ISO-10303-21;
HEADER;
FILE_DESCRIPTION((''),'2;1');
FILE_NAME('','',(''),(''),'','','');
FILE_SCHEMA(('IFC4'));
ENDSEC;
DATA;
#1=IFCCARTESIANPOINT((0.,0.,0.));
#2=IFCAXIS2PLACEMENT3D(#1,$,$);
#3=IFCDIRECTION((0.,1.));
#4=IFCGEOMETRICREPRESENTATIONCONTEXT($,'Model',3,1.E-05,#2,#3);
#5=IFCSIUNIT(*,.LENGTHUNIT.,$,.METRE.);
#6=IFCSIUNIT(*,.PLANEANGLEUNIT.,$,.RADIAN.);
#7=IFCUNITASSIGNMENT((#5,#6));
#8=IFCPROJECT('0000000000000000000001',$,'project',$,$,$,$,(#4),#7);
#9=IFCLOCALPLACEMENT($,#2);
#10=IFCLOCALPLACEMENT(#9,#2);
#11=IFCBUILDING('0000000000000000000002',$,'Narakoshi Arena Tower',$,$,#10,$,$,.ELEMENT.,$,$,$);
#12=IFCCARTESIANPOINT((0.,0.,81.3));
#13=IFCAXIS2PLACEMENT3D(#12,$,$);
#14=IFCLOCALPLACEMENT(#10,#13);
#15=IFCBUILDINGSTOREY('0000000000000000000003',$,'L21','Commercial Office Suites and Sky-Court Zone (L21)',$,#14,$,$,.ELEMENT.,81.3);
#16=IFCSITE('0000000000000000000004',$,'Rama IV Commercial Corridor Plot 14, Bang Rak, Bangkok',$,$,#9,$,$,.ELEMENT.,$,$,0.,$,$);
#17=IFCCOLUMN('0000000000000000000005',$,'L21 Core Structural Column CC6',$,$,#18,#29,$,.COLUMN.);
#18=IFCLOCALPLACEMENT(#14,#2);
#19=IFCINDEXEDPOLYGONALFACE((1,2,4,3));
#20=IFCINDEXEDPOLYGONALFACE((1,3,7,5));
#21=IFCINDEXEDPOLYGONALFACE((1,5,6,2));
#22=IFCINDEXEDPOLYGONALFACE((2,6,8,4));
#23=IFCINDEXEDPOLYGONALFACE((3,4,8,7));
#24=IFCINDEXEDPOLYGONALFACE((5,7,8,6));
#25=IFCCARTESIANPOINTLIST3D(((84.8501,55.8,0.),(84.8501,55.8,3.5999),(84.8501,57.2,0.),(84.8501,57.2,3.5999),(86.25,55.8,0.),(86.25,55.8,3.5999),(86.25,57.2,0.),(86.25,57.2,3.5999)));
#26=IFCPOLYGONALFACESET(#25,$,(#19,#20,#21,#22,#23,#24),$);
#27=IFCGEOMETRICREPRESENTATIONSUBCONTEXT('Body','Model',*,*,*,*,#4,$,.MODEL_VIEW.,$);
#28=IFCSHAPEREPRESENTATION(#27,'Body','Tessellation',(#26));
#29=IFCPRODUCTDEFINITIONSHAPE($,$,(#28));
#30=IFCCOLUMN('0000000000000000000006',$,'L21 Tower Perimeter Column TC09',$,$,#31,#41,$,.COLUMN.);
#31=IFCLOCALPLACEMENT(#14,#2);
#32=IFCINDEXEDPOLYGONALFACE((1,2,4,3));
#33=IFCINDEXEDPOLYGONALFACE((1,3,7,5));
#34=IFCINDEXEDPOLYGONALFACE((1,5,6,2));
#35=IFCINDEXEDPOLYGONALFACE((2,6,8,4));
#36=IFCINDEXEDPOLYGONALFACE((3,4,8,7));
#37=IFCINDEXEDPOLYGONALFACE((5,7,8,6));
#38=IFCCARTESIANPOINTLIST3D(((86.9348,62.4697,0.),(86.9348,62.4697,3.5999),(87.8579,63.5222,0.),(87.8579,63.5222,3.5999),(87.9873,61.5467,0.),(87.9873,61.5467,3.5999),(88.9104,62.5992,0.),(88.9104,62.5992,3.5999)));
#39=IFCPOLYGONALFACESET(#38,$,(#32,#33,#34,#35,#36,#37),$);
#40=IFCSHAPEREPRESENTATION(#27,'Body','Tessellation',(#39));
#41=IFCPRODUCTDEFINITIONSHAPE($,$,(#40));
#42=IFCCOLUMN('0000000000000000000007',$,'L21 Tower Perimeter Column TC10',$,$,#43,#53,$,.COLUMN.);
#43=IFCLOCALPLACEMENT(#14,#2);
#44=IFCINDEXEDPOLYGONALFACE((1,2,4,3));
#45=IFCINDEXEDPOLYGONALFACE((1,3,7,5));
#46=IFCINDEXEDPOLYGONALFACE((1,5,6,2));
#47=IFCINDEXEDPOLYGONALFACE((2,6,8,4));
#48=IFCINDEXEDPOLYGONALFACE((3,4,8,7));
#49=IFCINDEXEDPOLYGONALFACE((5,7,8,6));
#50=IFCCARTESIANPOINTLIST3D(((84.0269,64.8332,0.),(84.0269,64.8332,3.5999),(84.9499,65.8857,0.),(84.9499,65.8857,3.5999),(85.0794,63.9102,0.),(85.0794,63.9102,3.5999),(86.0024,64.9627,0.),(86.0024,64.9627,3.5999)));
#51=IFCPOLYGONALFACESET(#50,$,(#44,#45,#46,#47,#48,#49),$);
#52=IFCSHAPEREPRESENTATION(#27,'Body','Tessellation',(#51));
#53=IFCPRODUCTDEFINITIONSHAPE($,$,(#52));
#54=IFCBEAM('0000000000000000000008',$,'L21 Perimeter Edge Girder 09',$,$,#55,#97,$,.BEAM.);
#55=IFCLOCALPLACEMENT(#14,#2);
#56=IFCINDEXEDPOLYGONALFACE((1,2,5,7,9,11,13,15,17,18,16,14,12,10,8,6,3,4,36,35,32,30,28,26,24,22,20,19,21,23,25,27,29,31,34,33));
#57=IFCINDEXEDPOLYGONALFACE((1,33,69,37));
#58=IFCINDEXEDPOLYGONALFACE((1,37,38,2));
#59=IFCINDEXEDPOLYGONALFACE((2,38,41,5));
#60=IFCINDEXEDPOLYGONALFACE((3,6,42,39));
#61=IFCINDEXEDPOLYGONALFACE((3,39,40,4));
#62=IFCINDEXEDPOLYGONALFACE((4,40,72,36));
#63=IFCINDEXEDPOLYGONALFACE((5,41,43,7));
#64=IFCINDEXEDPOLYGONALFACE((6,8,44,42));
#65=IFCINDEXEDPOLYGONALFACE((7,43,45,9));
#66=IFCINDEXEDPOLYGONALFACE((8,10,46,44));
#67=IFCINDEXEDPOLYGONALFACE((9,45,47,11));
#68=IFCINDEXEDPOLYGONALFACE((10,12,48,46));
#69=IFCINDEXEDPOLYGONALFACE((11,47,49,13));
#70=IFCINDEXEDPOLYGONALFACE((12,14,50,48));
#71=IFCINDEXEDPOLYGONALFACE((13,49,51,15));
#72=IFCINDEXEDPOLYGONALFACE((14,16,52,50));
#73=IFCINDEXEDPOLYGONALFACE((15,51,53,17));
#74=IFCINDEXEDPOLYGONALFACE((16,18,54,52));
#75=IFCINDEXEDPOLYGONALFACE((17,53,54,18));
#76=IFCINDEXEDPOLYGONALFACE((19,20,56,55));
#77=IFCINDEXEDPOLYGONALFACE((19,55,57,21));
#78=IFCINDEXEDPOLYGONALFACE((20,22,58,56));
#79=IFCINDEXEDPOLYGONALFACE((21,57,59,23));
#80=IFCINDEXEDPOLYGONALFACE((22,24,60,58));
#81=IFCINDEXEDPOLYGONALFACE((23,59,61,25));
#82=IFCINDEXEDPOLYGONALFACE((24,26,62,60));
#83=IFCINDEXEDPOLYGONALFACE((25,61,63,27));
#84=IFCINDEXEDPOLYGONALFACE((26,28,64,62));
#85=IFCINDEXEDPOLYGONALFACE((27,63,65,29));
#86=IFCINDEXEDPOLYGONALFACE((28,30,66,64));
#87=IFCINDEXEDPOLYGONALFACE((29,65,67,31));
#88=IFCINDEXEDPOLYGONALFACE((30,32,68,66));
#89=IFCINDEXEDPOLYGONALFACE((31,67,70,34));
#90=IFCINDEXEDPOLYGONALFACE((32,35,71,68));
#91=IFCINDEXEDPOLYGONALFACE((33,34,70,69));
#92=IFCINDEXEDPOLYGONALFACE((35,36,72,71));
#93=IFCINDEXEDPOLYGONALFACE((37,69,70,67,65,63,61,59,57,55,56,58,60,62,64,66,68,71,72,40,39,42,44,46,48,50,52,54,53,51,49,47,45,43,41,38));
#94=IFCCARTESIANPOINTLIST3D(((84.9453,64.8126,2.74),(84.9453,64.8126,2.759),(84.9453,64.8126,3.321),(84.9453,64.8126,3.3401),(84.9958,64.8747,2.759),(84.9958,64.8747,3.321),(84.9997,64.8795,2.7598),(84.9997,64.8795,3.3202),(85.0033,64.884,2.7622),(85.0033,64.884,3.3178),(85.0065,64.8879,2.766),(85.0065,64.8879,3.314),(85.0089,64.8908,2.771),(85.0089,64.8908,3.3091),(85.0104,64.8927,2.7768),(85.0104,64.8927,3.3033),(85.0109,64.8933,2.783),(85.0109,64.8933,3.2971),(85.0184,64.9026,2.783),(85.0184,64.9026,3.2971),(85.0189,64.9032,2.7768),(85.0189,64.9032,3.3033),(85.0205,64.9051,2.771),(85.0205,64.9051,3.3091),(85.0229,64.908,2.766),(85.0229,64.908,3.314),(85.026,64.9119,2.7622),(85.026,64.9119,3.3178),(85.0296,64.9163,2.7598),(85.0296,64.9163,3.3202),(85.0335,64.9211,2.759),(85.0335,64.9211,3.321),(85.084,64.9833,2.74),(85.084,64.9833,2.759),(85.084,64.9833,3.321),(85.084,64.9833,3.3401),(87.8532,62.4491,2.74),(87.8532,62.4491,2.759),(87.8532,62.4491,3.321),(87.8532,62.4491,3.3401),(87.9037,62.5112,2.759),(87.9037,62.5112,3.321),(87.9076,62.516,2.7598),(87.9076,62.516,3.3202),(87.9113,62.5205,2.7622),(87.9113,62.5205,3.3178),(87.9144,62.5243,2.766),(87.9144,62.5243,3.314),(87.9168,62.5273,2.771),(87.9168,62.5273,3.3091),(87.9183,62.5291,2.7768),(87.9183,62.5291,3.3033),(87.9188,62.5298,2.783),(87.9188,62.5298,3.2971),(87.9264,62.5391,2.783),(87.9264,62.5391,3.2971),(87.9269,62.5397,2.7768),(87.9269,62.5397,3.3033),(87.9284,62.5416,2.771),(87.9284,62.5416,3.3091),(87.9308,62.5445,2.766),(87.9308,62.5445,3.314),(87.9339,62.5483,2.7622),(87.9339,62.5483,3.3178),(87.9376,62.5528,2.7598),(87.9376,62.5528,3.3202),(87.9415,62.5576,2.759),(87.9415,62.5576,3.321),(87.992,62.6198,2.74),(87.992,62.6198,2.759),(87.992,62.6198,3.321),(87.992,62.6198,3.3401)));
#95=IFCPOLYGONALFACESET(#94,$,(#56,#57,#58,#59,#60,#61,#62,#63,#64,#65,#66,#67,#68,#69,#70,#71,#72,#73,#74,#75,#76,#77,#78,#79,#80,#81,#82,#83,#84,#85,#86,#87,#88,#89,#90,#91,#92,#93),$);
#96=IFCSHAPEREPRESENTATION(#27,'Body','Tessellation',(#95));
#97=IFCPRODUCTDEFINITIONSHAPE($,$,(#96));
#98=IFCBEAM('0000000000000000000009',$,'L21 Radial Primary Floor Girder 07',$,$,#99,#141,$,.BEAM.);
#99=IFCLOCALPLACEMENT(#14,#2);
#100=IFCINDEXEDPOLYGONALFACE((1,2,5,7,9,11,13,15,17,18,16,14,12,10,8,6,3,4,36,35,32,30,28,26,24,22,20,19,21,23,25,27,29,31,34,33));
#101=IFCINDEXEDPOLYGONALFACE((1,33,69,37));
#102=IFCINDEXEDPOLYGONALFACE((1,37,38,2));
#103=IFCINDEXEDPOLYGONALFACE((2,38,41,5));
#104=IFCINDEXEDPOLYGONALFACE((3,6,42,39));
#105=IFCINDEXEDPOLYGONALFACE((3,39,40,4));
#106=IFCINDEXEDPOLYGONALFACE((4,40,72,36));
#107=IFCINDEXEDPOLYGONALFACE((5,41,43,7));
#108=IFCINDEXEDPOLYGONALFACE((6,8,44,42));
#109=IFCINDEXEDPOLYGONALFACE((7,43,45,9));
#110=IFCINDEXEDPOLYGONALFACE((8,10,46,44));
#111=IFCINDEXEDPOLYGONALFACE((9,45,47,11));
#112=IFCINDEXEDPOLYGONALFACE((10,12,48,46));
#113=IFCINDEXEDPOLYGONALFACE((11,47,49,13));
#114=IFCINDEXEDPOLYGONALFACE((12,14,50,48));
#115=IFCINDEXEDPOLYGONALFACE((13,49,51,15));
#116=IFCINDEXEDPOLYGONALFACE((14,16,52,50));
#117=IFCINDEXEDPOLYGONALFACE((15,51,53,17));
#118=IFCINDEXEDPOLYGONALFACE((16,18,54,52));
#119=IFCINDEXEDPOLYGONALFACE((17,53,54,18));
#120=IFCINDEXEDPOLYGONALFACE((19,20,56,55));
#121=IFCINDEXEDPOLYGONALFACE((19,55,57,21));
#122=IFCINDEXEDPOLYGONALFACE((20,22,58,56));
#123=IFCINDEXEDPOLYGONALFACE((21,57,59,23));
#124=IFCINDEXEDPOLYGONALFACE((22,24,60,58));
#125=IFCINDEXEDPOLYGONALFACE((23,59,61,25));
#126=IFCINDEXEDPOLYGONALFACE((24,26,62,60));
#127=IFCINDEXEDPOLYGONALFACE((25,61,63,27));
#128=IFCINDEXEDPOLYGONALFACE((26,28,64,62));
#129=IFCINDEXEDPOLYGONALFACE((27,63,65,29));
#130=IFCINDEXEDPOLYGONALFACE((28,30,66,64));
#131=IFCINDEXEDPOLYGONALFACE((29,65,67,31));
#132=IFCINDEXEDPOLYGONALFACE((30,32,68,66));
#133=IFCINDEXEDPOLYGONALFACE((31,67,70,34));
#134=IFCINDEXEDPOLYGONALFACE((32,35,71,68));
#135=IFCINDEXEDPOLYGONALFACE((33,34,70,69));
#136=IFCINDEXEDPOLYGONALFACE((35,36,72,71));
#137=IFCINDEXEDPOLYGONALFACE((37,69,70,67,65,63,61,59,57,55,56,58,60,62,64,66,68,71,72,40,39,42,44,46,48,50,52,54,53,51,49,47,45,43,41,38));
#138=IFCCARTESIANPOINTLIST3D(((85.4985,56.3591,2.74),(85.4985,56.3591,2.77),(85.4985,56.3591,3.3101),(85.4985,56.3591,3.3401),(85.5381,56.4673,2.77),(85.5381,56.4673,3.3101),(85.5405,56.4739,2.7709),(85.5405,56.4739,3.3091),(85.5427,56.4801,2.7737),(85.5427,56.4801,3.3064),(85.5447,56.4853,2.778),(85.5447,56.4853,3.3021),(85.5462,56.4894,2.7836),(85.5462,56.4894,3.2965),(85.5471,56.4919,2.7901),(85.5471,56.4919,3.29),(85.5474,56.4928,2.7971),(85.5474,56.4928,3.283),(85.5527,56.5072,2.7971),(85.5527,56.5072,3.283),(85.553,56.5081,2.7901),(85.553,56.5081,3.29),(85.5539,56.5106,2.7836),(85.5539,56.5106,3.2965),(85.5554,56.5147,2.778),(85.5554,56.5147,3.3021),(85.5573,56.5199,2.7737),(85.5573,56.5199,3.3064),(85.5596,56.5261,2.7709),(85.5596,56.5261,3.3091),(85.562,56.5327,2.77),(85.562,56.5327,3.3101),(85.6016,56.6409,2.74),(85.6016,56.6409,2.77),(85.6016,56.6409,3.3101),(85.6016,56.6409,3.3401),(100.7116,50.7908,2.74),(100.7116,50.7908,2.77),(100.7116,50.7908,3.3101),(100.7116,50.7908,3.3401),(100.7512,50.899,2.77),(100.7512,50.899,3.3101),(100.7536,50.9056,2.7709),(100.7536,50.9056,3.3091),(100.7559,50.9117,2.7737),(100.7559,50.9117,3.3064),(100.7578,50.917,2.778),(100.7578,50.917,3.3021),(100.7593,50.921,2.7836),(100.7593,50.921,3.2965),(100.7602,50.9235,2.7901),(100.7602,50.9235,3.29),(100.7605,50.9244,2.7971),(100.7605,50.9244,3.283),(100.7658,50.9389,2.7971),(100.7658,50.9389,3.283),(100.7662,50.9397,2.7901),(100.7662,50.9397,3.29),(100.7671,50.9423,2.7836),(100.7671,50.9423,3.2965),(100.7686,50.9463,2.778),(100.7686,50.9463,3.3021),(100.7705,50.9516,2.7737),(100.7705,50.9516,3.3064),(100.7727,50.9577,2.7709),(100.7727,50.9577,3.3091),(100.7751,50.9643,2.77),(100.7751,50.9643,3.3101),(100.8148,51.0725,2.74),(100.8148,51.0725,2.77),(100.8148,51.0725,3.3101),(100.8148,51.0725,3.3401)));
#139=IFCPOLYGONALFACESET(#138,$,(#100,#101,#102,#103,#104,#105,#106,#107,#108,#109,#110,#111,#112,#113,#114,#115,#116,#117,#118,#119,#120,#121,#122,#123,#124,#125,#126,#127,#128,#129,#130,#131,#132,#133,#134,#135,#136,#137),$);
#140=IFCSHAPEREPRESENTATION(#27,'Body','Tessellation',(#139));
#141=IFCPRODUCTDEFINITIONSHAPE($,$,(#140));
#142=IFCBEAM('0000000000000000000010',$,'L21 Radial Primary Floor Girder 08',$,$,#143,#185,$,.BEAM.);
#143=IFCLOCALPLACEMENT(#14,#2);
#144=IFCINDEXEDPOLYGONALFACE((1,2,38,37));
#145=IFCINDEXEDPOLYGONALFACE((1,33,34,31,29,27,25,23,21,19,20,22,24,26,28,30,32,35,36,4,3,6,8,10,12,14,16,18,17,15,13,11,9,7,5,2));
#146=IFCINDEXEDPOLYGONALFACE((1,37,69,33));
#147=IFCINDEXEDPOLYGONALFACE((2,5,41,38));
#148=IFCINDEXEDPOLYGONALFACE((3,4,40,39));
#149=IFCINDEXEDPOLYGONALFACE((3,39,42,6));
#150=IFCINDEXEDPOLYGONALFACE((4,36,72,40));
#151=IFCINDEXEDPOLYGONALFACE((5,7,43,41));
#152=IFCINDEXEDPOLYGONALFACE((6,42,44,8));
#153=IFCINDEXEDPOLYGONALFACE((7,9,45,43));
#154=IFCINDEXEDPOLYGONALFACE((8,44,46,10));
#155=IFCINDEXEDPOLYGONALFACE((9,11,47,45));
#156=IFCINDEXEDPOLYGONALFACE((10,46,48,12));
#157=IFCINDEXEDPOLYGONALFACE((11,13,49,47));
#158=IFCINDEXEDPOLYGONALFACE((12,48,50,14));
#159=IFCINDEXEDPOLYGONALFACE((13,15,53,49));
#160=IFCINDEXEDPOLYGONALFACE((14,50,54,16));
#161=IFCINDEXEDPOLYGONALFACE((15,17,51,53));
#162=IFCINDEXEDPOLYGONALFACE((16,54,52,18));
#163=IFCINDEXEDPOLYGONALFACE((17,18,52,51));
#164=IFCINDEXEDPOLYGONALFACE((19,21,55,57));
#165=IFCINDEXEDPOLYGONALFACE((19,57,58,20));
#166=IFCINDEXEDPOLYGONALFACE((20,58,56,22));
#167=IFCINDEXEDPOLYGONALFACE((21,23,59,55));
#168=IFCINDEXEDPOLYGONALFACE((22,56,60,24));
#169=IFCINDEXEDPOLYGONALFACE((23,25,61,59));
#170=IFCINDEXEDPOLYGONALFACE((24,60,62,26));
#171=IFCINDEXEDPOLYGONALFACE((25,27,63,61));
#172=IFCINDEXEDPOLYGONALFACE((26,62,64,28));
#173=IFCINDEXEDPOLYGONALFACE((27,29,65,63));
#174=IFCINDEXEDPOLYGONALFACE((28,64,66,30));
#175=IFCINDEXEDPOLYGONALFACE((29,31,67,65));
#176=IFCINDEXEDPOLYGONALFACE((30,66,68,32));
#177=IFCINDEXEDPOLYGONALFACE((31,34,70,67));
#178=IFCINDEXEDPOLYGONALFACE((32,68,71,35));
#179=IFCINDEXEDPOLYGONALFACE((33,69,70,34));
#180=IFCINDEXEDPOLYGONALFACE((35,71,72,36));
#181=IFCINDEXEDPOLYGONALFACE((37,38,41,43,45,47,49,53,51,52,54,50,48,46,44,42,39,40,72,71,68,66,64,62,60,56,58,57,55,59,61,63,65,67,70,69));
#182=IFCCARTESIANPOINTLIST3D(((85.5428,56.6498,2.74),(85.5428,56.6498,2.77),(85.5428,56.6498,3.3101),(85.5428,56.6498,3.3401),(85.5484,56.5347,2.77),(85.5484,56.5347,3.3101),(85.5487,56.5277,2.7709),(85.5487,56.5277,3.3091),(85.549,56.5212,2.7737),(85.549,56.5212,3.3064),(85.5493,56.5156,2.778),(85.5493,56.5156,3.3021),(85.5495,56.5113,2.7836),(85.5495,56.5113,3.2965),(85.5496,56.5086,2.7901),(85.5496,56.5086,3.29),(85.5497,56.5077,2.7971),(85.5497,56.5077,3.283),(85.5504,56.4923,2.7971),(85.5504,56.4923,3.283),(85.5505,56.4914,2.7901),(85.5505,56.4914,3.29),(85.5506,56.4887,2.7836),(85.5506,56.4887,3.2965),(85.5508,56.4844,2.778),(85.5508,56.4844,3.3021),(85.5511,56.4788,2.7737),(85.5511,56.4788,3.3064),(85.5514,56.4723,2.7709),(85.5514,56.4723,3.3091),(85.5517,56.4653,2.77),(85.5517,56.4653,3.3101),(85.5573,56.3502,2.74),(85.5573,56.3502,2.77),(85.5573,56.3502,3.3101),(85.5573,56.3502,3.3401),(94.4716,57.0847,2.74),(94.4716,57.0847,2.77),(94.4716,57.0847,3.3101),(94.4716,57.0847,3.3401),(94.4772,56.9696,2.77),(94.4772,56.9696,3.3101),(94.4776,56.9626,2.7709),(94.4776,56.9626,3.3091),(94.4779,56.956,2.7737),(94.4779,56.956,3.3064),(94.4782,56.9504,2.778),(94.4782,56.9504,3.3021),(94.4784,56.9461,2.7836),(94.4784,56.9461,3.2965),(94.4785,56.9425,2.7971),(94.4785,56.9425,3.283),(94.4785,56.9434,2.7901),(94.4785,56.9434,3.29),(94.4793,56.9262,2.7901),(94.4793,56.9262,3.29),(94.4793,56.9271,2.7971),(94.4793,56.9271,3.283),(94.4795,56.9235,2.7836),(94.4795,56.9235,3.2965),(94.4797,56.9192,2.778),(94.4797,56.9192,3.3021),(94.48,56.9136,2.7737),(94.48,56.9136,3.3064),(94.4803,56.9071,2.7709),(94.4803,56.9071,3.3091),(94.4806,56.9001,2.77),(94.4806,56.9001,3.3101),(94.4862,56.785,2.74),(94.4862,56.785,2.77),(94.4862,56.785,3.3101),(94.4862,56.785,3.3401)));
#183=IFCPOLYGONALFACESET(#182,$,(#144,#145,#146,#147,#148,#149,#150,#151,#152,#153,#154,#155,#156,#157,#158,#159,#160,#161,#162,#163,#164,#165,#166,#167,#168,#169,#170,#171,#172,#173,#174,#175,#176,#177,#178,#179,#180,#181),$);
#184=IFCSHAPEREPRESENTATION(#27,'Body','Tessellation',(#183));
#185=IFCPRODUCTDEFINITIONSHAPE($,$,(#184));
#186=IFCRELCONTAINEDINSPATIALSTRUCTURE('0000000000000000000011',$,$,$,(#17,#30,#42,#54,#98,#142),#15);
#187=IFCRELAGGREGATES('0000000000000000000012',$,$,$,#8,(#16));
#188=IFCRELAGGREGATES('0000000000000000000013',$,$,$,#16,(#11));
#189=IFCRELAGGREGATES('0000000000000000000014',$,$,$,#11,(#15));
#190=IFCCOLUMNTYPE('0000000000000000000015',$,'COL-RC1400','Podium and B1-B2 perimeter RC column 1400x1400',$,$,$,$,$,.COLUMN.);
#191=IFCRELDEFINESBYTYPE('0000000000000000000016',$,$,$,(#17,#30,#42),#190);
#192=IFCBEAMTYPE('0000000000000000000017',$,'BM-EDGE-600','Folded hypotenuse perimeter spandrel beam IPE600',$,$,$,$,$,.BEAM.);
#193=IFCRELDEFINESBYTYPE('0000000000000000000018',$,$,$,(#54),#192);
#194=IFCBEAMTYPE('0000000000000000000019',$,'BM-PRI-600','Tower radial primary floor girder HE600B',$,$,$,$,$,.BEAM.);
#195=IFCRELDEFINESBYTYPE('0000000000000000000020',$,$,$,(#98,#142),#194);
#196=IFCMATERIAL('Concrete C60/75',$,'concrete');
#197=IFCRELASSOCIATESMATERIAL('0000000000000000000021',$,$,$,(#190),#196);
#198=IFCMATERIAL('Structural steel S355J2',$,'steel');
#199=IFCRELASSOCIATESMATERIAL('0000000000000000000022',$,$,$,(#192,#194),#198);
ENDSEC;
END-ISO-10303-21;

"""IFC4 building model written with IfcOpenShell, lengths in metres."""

from ifc_helpers import new_model, si_unit, direction, frame, origin, origin_2d, place, context, subcontext, project, spatial, rectangle, i_section, extrude, material, material_profile, profile_set, type_object, element, save


model = new_model("IFC4")

# Units and contexts
model_context = context("Model", 3, precision=1e-05, world=origin(), true_north=direction((0.0, 1.0)))
body_context = subcontext(model_context, "Body", "Model", "MODEL_VIEW")
ifc_project = project(units=[si_unit("LENGTHUNIT", "METRE"), si_unit("PLANEANGLEUNIT", "RADIAN")], contexts=[model_context])

# Site, building, storey
site_placement = place(None, origin())
site = spatial("IfcSite", under=ifc_project, at=site_placement, Name="Rama IV Commercial Corridor Plot 14, Bang Rak, Bangkok", CompositionType="ELEMENT", RefElevation=0.0)
building_placement = place(site_placement, origin())
building = spatial("IfcBuilding", under=site, at=building_placement, Name="Narakoshi Arena Tower", CompositionType="ELEMENT")
storey_placement = place(building_placement, frame((0.0, 0.0, 81.3)))
storey = spatial("IfcBuildingStorey", under=building, at=storey_placement, Name="L21", Description="Commercial Office Suites and Sky-Court Zone (L21)", CompositionType="ELEMENT", Elevation=81.3)

# Columns
ifc_material_1 = material(Name="Concrete C60/75", Category="concrete")
ifc_material_profile_1 = material_profile(ifc_material_1, rectangle(XDim=1.3999, YDim=1.3999, at=origin_2d()), Name="RC1400x1400")
ifc_profile_set_1 = profile_set([ifc_material_profile_1], Name="Concrete C60/75")
column_type = type_object("IfcColumnType", Name="COL-RC1400", Description="Podium and B1-B2 perimeter RC column 1400x1400", PredefinedType="COLUMN", material=ifc_profile_set_1)
for number, where, z_axis, x_axis, name in (
    (1, (85.55, 56.5, 0.0), (0.0, 0.0, 1.0), (1.0, 0.0, 0.0), "L21 Core Structural Column CC6"),
    (2, (87.9226, 62.5344, 0.0), (0.0, 0.0, 1.0), (0.659346, 0.75184, 0.0), "L21 Tower Perimeter Column TC09"),
    (3, (85.0146, 64.8979, 0.0), (0.0, 0.0, 1.0), (0.659346, 0.75184, 0.0), "L21 Tower Perimeter Column TC10"),
):
    element("IfcColumn", number, at=place(storey_placement, frame(where, z_axis=z_axis, x_axis=x_axis)), inside=storey, type_object=column_type, Name=name, PredefinedType="COLUMN", context=body_context, shape_type="SweptSolid", body=[
        extrude(rectangle(XDim=1.3999, YDim=1.3999, at=origin_2d()), origin(), (0.0, 0.0, 1.0), 3.5999),
    ])

# Beams
ifc_material_2 = material(Name="Structural steel S355J2", Category="steel")
ifc_material_profile_2 = material_profile(ifc_material_2, i_section(OverallWidth=0.22, OverallDepth=0.6001, WebThickness=0.012, FlangeThickness=0.019, FilletRadius=0.0239, at=origin_2d()), Name="IPE600")
ifc_profile_set_2 = profile_set([ifc_material_profile_2], Name="Structural steel S355J2")
beam_type_1 = type_object("IfcBeamType", Name="BM-EDGE-600", Description="Folded hypotenuse perimeter spandrel beam IPE600", PredefinedType="BEAM", material=ifc_profile_set_2)
beam_1_placement = place(storey_placement, frame((87.9226, 62.5344, 3.04), z_axis=(-0.776008, 0.630723, 0.0), x_axis=(-0.630723, -0.776008, 0.0)))
element("IfcBeam", 4, at=beam_1_placement, inside=storey, type_object=beam_type_1, Name="L21 Perimeter Edge Girder 09", PredefinedType="BEAM", context=body_context, shape_type="SweptSolid", body=[
    extrude(i_section(OverallWidth=0.22, OverallDepth=0.6001, WebThickness=0.012, FlangeThickness=0.019, FilletRadius=0.0239, at=origin_2d()), origin(), (0.0, 0.0, 1.0), 3.7473),
])
ifc_material_profile_3 = material_profile(ifc_material_2, i_section(OverallWidth=0.3, OverallDepth=0.6001, WebThickness=0.0154, FlangeThickness=0.03, FilletRadius=0.0271, at=origin_2d()), Name="HE600B")
ifc_profile_set_3 = profile_set([ifc_material_profile_3], Name="Structural steel S355J2")
beam_type_2 = type_object("IfcBeamType", Name="BM-PRI-600", Description="Tower radial primary floor girder HE600B", PredefinedType="BEAM", material=ifc_profile_set_3)
beam_2_placement = place(storey_placement, frame((85.55, 56.5, 3.04), z_axis=(0.939071, -0.343722, 0.0), x_axis=(0.343722, 0.939071, 0.0)))
element("IfcBeam", 5, at=beam_2_placement, inside=storey, type_object=beam_type_2, Name="L21 Radial Primary Floor Girder 07", PredefinedType="BEAM", context=body_context, shape_type="SweptSolid", body=[
    extrude(i_section(OverallWidth=0.3, OverallDepth=0.6001, WebThickness=0.0154, FlangeThickness=0.03, FilletRadius=0.0271, at=origin_2d()), origin(), (0.0, 0.0, 1.0), 16.2002),
])
beam_3_placement = place(storey_placement, frame((85.55, 56.5, 3.04), z_axis=(0.998816, 0.048639, 0.0), x_axis=(-0.048639, 0.998816, 0.0)))
element("IfcBeam", 6, at=beam_3_placement, inside=storey, type_object=beam_type_2, Name="L21 Radial Primary Floor Girder 08", PredefinedType="BEAM", context=body_context, shape_type="SweptSolid", body=[
    extrude(i_section(OverallWidth=0.3, OverallDepth=0.6001, WebThickness=0.0154, FlangeThickness=0.03, FilletRadius=0.0271, at=origin_2d()), origin(), (0.0, 0.0, 1.0), 8.9395),
])

save(model, "model.ifc")
